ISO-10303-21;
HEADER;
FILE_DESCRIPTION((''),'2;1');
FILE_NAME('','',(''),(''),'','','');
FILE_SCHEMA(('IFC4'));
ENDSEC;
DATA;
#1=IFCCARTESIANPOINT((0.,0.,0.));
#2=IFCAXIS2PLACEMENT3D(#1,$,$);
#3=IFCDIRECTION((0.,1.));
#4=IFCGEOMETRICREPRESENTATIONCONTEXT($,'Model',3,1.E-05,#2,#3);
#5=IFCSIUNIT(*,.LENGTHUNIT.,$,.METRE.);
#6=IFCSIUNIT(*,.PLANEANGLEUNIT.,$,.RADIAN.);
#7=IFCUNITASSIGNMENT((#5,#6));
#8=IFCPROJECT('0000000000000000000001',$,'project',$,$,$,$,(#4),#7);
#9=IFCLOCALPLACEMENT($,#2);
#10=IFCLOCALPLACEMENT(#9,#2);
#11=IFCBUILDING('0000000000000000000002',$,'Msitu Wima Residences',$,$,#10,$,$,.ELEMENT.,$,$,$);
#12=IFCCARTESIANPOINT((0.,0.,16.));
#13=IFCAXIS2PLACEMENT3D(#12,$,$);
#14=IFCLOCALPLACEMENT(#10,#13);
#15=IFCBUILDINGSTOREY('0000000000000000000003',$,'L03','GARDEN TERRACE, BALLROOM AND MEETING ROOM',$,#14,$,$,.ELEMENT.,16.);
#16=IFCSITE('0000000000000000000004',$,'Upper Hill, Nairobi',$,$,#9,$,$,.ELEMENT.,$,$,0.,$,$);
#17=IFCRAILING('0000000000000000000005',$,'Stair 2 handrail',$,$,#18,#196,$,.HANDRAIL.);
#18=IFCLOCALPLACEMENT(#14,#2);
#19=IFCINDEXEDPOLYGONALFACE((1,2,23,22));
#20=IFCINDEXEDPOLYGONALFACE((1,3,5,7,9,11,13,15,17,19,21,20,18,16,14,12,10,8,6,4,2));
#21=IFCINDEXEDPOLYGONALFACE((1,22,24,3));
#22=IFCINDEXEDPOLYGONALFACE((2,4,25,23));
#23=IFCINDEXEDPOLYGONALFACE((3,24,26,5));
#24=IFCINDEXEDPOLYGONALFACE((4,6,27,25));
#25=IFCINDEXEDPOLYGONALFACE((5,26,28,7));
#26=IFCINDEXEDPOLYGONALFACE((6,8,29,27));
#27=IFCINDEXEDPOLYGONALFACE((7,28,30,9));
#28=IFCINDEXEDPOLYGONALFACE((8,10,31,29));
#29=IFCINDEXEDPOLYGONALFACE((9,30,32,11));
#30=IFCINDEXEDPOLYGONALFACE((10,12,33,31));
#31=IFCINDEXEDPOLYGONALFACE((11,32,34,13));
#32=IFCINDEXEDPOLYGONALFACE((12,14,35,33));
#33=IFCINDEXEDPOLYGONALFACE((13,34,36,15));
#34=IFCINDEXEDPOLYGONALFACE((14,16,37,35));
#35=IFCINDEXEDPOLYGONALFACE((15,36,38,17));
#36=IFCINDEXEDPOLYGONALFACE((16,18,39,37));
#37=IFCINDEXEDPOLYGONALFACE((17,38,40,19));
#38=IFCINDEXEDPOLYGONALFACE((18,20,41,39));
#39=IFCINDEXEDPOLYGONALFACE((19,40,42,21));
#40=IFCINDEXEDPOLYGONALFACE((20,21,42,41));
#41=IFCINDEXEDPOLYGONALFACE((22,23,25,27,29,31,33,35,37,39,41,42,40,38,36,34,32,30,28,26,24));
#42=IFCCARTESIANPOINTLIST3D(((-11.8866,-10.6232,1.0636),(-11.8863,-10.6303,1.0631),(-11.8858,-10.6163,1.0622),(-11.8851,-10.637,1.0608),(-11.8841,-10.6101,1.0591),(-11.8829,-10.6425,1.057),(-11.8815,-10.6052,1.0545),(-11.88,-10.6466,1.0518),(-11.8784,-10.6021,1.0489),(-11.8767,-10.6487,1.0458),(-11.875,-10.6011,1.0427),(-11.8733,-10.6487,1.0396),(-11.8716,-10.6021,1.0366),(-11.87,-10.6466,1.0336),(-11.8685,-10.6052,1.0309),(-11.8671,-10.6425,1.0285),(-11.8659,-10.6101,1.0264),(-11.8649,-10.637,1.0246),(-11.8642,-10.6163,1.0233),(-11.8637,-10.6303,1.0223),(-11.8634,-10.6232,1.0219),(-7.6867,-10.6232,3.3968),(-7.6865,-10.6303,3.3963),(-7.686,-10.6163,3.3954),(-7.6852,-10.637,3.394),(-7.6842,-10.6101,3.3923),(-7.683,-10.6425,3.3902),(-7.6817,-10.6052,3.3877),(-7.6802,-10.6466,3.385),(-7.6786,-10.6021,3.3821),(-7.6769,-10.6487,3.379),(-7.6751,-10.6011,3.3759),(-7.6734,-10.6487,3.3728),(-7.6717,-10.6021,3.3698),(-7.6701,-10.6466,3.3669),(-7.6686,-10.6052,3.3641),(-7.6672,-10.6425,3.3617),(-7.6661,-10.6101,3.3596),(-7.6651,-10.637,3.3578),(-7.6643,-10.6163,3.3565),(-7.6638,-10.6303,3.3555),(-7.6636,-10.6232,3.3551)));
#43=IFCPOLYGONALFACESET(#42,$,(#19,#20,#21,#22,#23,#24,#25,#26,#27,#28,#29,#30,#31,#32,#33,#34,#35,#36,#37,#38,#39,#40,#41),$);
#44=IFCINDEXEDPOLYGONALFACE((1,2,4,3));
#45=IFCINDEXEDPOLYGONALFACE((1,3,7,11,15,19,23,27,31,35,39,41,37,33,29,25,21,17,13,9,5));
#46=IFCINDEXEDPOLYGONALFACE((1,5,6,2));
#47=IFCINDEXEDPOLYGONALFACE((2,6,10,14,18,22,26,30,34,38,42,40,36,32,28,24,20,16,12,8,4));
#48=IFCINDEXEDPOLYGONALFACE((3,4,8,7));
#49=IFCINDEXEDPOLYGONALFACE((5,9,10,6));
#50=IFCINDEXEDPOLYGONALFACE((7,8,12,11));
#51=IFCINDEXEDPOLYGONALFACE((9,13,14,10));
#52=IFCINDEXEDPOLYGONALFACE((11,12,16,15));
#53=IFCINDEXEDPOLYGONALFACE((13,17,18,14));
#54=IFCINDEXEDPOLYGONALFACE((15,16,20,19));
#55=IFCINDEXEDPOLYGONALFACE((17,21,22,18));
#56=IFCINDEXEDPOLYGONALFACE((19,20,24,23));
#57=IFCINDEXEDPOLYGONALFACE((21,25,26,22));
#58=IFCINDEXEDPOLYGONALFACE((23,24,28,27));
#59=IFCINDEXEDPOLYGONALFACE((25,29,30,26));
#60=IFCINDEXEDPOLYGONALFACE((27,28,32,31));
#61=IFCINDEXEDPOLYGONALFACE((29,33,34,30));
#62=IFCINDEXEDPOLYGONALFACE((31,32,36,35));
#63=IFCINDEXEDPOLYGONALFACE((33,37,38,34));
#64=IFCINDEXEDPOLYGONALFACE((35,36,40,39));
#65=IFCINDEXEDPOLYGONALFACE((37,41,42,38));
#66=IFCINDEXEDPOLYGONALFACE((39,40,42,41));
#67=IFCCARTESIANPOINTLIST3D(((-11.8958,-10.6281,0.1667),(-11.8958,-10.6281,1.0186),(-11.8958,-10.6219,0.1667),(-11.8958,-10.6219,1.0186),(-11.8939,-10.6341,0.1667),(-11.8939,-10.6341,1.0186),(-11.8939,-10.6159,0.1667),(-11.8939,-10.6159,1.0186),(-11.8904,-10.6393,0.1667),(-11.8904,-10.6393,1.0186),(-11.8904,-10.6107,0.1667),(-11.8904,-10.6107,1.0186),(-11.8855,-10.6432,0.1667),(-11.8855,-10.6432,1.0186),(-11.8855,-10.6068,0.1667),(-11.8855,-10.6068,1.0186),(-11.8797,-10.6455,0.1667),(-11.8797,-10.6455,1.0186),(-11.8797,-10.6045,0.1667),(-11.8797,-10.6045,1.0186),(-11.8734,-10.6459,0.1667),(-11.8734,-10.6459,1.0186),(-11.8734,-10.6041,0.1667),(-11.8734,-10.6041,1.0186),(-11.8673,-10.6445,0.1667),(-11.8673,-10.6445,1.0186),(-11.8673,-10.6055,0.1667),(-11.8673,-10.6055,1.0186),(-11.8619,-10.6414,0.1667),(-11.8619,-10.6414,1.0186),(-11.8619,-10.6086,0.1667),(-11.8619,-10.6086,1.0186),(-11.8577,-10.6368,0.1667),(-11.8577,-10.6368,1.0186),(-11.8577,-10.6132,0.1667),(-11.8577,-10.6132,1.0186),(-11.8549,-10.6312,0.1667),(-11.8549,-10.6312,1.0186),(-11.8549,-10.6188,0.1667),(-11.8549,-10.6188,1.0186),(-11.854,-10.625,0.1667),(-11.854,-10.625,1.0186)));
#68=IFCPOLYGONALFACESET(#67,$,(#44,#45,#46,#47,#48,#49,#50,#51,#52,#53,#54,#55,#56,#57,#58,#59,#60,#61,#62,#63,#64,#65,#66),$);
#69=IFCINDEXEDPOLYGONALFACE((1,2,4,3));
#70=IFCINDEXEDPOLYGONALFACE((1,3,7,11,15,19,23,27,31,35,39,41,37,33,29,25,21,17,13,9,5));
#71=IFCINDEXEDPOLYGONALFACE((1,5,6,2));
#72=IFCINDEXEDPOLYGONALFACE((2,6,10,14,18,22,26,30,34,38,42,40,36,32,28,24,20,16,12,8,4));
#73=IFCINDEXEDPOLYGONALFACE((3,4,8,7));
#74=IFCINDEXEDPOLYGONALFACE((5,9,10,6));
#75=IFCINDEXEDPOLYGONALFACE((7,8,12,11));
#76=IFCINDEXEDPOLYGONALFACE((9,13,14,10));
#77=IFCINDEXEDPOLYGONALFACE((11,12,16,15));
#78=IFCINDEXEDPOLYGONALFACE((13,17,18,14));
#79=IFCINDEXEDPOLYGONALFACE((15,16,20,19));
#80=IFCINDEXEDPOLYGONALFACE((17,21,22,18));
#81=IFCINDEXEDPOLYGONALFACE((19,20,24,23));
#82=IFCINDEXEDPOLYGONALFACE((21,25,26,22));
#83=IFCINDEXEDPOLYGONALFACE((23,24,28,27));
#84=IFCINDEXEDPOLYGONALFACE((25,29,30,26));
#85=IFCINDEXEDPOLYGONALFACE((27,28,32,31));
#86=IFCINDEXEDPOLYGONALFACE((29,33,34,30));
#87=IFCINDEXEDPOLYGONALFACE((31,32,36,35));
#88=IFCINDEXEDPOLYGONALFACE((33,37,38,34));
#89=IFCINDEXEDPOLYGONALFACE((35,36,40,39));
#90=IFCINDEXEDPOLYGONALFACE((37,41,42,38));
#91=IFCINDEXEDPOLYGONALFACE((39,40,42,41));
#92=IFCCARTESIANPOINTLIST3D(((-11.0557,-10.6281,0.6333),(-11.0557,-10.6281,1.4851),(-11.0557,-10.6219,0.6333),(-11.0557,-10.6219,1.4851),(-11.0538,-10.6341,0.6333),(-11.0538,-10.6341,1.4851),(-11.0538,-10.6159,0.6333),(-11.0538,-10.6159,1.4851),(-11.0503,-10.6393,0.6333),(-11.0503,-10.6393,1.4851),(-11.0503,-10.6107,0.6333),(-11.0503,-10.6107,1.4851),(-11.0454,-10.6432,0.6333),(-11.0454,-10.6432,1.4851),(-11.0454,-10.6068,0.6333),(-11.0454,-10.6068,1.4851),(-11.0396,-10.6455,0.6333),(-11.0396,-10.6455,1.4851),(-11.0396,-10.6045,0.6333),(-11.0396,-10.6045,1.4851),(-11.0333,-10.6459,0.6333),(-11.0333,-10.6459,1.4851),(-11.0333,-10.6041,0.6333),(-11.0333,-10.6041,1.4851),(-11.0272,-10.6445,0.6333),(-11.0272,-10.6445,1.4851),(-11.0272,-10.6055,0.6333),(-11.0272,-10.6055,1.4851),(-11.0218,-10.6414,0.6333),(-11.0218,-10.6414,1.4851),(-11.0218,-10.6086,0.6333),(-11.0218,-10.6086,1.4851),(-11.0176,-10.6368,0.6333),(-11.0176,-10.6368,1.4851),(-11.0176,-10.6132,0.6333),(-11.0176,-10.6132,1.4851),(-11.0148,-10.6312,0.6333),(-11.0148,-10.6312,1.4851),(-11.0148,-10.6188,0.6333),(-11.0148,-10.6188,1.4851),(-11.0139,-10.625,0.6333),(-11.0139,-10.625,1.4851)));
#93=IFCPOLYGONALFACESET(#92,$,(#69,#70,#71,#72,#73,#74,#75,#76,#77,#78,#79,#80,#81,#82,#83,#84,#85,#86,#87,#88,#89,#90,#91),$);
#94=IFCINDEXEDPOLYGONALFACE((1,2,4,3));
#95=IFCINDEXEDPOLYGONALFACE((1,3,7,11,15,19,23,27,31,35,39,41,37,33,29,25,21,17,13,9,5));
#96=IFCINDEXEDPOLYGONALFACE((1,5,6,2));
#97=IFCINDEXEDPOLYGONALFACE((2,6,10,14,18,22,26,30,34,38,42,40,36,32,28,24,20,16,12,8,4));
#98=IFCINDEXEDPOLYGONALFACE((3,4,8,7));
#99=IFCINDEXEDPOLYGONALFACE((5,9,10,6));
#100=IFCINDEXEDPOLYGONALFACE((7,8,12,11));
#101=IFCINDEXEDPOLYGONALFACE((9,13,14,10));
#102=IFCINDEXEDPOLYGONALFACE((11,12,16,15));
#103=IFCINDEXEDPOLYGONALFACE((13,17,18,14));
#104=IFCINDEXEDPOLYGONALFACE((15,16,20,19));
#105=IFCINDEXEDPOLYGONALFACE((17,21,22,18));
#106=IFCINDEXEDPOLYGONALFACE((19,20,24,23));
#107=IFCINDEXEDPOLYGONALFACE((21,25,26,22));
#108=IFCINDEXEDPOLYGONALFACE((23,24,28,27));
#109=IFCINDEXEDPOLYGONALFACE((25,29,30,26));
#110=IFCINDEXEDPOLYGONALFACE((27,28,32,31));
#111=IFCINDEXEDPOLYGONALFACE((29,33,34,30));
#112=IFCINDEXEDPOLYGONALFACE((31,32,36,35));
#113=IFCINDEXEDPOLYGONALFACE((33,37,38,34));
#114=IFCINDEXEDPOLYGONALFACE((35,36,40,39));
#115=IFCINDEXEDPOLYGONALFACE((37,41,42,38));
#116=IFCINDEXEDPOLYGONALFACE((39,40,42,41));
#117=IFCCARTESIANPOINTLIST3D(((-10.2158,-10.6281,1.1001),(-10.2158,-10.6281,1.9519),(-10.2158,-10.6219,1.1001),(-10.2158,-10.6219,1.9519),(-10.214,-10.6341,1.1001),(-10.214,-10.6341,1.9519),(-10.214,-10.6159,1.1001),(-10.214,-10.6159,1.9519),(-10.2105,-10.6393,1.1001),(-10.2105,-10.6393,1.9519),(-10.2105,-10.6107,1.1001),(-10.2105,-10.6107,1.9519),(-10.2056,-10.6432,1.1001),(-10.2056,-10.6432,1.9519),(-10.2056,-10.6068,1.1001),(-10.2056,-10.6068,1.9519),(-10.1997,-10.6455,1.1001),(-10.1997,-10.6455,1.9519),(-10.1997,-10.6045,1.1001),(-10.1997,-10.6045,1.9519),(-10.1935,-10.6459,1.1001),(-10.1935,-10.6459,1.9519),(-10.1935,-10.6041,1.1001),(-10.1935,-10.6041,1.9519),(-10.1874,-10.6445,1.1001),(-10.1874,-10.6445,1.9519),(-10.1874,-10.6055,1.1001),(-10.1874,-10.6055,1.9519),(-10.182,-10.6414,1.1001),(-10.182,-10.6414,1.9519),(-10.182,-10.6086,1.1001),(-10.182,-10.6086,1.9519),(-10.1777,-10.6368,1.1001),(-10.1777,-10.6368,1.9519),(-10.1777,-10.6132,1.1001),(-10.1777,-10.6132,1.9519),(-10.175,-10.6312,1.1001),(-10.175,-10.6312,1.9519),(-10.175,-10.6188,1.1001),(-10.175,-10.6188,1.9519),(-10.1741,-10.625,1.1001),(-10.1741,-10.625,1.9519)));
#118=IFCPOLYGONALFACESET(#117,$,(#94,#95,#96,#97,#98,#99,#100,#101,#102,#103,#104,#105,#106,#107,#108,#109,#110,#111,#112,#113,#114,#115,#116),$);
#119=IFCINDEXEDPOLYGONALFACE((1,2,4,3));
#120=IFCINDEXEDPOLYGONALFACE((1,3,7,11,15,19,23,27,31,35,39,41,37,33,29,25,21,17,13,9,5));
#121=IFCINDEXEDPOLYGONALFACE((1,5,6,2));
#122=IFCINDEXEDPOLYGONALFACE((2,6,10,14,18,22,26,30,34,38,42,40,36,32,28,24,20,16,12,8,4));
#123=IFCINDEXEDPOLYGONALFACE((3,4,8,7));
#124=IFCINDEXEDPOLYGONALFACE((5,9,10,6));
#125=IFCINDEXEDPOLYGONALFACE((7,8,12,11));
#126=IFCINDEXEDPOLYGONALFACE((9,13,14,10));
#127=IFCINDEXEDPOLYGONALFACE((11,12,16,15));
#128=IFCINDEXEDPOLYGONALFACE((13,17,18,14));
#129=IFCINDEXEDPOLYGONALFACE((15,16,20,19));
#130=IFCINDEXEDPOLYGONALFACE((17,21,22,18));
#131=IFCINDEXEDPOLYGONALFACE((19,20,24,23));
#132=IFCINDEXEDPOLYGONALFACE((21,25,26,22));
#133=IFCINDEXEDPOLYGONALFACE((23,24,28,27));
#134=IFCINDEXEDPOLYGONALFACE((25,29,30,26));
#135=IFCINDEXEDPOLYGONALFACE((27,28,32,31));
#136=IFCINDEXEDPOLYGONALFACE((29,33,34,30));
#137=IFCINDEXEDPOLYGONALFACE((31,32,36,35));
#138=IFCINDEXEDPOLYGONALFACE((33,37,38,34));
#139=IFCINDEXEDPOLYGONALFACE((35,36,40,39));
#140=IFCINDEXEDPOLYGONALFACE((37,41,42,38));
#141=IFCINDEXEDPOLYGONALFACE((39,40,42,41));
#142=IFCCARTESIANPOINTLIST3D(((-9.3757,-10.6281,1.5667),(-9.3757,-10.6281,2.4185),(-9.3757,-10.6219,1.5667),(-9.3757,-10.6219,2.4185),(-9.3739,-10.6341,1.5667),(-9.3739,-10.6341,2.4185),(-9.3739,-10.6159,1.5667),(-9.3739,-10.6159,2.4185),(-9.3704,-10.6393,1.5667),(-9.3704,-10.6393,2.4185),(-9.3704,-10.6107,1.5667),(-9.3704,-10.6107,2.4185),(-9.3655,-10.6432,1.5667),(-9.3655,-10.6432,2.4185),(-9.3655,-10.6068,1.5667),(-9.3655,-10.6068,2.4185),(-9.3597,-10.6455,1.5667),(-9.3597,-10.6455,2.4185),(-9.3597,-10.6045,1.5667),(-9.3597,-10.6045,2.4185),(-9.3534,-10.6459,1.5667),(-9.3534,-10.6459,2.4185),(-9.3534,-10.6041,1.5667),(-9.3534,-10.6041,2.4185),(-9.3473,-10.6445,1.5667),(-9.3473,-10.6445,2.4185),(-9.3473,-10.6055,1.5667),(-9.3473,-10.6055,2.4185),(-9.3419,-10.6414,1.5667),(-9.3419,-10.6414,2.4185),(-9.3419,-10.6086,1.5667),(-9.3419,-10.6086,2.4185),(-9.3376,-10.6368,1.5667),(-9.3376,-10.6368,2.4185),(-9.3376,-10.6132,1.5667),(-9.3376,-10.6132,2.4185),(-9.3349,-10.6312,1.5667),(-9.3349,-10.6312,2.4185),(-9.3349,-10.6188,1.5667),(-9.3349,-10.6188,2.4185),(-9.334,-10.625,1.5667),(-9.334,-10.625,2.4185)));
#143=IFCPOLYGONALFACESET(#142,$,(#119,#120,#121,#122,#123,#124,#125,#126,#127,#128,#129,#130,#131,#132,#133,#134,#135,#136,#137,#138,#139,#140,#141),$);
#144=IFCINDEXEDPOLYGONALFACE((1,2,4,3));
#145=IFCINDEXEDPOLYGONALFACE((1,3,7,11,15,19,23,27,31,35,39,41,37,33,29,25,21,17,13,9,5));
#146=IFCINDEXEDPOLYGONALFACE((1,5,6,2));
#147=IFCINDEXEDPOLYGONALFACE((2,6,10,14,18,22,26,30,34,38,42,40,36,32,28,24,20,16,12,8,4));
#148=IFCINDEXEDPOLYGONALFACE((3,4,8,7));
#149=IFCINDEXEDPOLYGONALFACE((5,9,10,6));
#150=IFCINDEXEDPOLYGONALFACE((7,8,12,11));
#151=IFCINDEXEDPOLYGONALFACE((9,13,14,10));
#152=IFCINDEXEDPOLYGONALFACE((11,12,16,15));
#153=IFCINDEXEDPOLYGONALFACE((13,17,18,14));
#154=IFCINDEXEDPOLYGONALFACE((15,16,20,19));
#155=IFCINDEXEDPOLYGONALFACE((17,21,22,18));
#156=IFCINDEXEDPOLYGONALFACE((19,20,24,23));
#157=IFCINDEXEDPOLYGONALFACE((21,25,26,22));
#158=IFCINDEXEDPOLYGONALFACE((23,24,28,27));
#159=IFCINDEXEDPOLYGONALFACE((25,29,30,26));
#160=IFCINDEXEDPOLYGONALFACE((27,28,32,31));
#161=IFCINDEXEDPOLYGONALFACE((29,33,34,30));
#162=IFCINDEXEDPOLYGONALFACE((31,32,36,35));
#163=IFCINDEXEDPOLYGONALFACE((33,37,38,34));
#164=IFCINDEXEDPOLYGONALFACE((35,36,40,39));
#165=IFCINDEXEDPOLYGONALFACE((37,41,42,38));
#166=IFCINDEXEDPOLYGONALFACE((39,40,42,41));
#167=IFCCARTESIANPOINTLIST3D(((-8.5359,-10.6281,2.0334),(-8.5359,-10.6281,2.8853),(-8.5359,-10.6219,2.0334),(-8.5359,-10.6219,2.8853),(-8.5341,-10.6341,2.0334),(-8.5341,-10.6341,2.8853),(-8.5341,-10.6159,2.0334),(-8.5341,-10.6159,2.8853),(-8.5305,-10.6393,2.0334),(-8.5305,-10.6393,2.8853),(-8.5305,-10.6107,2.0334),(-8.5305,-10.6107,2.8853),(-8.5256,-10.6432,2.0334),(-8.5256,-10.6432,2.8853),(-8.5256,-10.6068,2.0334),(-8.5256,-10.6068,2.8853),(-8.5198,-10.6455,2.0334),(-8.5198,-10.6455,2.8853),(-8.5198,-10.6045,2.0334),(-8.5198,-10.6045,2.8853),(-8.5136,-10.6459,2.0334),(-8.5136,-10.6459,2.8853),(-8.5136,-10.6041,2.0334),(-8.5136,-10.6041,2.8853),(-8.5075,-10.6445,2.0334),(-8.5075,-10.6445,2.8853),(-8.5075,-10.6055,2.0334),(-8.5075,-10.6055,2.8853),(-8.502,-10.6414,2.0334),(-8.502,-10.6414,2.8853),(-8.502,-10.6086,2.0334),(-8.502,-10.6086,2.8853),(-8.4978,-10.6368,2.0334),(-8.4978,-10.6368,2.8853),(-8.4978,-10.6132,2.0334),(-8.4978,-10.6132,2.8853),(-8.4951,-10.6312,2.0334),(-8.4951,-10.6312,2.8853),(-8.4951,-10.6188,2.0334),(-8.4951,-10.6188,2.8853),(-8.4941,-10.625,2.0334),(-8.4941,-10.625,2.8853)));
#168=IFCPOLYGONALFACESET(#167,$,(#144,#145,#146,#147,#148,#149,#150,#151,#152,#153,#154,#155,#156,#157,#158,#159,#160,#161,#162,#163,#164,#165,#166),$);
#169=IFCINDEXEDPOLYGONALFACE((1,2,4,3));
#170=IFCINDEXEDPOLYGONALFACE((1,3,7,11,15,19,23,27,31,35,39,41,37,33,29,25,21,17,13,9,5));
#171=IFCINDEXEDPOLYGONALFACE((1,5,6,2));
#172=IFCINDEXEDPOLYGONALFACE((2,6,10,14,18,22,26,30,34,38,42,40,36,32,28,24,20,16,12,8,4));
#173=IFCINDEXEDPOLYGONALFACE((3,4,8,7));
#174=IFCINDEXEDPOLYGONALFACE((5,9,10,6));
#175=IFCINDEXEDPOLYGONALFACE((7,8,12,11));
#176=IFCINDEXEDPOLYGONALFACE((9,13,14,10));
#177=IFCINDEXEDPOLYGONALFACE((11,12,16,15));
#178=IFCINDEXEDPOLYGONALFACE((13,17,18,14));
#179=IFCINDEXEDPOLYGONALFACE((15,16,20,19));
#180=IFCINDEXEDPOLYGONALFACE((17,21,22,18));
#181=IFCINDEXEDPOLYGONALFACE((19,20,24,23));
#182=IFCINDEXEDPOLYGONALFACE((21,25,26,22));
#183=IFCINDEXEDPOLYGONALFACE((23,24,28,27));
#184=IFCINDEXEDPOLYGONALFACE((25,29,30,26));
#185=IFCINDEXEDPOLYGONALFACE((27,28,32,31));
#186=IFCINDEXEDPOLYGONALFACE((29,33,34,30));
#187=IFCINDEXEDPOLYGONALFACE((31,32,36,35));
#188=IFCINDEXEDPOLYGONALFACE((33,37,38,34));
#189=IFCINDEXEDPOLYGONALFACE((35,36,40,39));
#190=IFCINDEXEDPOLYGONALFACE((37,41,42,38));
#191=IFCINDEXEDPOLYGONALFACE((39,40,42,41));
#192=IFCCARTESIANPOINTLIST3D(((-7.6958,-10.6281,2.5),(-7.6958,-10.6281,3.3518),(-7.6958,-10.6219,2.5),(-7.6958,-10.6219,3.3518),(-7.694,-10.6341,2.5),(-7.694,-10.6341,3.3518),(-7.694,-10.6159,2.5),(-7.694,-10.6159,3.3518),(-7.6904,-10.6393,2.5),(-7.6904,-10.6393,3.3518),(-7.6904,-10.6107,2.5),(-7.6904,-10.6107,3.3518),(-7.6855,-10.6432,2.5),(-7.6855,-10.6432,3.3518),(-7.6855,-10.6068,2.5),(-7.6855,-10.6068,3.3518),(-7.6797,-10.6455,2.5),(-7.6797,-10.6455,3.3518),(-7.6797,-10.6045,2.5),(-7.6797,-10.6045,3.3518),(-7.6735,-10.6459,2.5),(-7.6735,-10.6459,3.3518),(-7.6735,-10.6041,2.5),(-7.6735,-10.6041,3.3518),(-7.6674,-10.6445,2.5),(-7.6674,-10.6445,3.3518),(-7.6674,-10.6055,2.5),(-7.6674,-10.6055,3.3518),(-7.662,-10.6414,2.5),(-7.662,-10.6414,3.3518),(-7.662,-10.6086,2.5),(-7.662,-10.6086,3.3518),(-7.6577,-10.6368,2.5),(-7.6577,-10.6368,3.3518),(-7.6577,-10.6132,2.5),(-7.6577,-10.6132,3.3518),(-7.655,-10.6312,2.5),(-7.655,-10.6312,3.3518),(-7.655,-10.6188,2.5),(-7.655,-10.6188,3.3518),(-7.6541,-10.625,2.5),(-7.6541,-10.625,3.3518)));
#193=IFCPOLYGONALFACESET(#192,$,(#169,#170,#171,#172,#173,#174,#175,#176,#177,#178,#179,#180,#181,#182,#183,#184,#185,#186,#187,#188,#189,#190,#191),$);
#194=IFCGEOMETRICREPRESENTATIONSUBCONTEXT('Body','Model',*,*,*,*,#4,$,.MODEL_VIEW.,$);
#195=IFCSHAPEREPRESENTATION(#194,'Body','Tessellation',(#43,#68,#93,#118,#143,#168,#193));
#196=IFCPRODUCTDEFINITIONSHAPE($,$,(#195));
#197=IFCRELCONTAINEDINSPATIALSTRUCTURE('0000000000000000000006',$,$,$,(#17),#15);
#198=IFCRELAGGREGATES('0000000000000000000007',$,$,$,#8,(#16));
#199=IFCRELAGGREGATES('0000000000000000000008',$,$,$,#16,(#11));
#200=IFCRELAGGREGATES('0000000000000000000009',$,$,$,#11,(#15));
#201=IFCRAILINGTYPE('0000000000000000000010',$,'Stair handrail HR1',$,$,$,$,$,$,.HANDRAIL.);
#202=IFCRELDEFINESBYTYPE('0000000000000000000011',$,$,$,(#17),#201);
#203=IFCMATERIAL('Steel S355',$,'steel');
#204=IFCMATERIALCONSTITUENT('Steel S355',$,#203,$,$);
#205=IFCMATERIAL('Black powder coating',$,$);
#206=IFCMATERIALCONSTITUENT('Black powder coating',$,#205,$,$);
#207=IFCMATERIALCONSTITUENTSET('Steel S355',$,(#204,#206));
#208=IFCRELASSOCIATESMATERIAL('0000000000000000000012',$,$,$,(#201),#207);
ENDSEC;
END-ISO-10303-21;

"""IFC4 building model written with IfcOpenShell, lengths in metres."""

from ifc_helpers import new_model, si_unit, direction, frame, origin, origin_2d, place, context, subcontext, project, spatial, circle, extrude, material, constituent, constituent_set, type_object, element, save


model = new_model("IFC4")

# Units and contexts
model_context = context("Model", 3, precision=1e-05, world=origin(), true_north=direction((0.0, 1.0)))
body_context = subcontext(model_context, "Body", "Model", "MODEL_VIEW")
ifc_project = project(units=[si_unit("LENGTHUNIT", "METRE"), si_unit("PLANEANGLEUNIT", "RADIAN")], contexts=[model_context])

# Site, building, storey
site_placement = place(None, origin())
site = spatial("IfcSite", under=ifc_project, at=site_placement, Name="Upper Hill, Nairobi", CompositionType="ELEMENT", RefElevation=0.0)
building_placement = place(site_placement, origin())
building = spatial("IfcBuilding", under=site, at=building_placement, Name="Msitu Wima Residences", CompositionType="ELEMENT")
storey_placement = place(building_placement, frame((0.0, 0.0, 16.0)))
storey = spatial("IfcBuildingStorey", under=building, at=storey_placement, Name="L03", Description="GARDEN TERRACE, BALLROOM AND MEETING ROOM", CompositionType="ELEMENT", Elevation=16.0)

# Railing
ifc_material_1 = material(Name="Steel S355", Category="steel")
ifc_constituent_1 = constituent(ifc_material_1, Name="Steel S355")
ifc_material_2 = material(Name="Black powder coating")
ifc_constituent_2 = constituent(ifc_material_2, Name="Black powder coating")
ifc_constituent_set = constituent_set(constituents=[ifc_constituent_1, ifc_constituent_2], Name="Steel S355")
railing_type = type_object("IfcRailingType", Name="Stair handrail HR1", PredefinedType="HANDRAIL", material=ifc_constituent_set)
for number, where, name in (
    (1, (-11.875, -10.625, 0.1667), "Stair 2 handrail"),
):
    element("IfcRailing", number, at=place(storey_placement, frame(where)), inside=storey, type_object=railing_type, Name=name, PredefinedType="HANDRAIL", context=body_context, shape_type="SweptSolid", body=[
        extrude(circle(Radius=0.0239, at=origin_2d()), frame((0.0, 0.0, 0.876), z_axis=(0.874162, 0.0, 0.485634), x_axis=(0.0, 1.0, 0.0)), (0.0, 0.0, 1.0), 4.8044),
        extrude(circle(Radius=0.021, at=origin_2d()), origin(), (0.0, 0.0, 1.0), 0.8518),
        extrude(circle(Radius=0.021, at=origin_2d()), frame((0.8401, 0.0, 0.4666)), (0.0, 0.0, 1.0), 0.8518),
        extrude(circle(Radius=0.021, at=origin_2d()), frame((1.6799, 0.0, 0.9333)), (0.0, 0.0, 1.0), 0.8518),
        extrude(circle(Radius=0.021, at=origin_2d()), frame((2.52, 0.0, 1.3999)), (0.0, 0.0, 1.0), 0.8518),
        extrude(circle(Radius=0.021, at=origin_2d()), frame((3.3599, 0.0, 1.8667)), (0.0, 0.0, 1.0), 0.8518),
        extrude(circle(Radius=0.021, at=origin_2d()), frame((4.2, 0.0, 2.3333)), (0.0, 0.0, 1.0), 0.8518),
    ])

save(model, "model.ifc")
